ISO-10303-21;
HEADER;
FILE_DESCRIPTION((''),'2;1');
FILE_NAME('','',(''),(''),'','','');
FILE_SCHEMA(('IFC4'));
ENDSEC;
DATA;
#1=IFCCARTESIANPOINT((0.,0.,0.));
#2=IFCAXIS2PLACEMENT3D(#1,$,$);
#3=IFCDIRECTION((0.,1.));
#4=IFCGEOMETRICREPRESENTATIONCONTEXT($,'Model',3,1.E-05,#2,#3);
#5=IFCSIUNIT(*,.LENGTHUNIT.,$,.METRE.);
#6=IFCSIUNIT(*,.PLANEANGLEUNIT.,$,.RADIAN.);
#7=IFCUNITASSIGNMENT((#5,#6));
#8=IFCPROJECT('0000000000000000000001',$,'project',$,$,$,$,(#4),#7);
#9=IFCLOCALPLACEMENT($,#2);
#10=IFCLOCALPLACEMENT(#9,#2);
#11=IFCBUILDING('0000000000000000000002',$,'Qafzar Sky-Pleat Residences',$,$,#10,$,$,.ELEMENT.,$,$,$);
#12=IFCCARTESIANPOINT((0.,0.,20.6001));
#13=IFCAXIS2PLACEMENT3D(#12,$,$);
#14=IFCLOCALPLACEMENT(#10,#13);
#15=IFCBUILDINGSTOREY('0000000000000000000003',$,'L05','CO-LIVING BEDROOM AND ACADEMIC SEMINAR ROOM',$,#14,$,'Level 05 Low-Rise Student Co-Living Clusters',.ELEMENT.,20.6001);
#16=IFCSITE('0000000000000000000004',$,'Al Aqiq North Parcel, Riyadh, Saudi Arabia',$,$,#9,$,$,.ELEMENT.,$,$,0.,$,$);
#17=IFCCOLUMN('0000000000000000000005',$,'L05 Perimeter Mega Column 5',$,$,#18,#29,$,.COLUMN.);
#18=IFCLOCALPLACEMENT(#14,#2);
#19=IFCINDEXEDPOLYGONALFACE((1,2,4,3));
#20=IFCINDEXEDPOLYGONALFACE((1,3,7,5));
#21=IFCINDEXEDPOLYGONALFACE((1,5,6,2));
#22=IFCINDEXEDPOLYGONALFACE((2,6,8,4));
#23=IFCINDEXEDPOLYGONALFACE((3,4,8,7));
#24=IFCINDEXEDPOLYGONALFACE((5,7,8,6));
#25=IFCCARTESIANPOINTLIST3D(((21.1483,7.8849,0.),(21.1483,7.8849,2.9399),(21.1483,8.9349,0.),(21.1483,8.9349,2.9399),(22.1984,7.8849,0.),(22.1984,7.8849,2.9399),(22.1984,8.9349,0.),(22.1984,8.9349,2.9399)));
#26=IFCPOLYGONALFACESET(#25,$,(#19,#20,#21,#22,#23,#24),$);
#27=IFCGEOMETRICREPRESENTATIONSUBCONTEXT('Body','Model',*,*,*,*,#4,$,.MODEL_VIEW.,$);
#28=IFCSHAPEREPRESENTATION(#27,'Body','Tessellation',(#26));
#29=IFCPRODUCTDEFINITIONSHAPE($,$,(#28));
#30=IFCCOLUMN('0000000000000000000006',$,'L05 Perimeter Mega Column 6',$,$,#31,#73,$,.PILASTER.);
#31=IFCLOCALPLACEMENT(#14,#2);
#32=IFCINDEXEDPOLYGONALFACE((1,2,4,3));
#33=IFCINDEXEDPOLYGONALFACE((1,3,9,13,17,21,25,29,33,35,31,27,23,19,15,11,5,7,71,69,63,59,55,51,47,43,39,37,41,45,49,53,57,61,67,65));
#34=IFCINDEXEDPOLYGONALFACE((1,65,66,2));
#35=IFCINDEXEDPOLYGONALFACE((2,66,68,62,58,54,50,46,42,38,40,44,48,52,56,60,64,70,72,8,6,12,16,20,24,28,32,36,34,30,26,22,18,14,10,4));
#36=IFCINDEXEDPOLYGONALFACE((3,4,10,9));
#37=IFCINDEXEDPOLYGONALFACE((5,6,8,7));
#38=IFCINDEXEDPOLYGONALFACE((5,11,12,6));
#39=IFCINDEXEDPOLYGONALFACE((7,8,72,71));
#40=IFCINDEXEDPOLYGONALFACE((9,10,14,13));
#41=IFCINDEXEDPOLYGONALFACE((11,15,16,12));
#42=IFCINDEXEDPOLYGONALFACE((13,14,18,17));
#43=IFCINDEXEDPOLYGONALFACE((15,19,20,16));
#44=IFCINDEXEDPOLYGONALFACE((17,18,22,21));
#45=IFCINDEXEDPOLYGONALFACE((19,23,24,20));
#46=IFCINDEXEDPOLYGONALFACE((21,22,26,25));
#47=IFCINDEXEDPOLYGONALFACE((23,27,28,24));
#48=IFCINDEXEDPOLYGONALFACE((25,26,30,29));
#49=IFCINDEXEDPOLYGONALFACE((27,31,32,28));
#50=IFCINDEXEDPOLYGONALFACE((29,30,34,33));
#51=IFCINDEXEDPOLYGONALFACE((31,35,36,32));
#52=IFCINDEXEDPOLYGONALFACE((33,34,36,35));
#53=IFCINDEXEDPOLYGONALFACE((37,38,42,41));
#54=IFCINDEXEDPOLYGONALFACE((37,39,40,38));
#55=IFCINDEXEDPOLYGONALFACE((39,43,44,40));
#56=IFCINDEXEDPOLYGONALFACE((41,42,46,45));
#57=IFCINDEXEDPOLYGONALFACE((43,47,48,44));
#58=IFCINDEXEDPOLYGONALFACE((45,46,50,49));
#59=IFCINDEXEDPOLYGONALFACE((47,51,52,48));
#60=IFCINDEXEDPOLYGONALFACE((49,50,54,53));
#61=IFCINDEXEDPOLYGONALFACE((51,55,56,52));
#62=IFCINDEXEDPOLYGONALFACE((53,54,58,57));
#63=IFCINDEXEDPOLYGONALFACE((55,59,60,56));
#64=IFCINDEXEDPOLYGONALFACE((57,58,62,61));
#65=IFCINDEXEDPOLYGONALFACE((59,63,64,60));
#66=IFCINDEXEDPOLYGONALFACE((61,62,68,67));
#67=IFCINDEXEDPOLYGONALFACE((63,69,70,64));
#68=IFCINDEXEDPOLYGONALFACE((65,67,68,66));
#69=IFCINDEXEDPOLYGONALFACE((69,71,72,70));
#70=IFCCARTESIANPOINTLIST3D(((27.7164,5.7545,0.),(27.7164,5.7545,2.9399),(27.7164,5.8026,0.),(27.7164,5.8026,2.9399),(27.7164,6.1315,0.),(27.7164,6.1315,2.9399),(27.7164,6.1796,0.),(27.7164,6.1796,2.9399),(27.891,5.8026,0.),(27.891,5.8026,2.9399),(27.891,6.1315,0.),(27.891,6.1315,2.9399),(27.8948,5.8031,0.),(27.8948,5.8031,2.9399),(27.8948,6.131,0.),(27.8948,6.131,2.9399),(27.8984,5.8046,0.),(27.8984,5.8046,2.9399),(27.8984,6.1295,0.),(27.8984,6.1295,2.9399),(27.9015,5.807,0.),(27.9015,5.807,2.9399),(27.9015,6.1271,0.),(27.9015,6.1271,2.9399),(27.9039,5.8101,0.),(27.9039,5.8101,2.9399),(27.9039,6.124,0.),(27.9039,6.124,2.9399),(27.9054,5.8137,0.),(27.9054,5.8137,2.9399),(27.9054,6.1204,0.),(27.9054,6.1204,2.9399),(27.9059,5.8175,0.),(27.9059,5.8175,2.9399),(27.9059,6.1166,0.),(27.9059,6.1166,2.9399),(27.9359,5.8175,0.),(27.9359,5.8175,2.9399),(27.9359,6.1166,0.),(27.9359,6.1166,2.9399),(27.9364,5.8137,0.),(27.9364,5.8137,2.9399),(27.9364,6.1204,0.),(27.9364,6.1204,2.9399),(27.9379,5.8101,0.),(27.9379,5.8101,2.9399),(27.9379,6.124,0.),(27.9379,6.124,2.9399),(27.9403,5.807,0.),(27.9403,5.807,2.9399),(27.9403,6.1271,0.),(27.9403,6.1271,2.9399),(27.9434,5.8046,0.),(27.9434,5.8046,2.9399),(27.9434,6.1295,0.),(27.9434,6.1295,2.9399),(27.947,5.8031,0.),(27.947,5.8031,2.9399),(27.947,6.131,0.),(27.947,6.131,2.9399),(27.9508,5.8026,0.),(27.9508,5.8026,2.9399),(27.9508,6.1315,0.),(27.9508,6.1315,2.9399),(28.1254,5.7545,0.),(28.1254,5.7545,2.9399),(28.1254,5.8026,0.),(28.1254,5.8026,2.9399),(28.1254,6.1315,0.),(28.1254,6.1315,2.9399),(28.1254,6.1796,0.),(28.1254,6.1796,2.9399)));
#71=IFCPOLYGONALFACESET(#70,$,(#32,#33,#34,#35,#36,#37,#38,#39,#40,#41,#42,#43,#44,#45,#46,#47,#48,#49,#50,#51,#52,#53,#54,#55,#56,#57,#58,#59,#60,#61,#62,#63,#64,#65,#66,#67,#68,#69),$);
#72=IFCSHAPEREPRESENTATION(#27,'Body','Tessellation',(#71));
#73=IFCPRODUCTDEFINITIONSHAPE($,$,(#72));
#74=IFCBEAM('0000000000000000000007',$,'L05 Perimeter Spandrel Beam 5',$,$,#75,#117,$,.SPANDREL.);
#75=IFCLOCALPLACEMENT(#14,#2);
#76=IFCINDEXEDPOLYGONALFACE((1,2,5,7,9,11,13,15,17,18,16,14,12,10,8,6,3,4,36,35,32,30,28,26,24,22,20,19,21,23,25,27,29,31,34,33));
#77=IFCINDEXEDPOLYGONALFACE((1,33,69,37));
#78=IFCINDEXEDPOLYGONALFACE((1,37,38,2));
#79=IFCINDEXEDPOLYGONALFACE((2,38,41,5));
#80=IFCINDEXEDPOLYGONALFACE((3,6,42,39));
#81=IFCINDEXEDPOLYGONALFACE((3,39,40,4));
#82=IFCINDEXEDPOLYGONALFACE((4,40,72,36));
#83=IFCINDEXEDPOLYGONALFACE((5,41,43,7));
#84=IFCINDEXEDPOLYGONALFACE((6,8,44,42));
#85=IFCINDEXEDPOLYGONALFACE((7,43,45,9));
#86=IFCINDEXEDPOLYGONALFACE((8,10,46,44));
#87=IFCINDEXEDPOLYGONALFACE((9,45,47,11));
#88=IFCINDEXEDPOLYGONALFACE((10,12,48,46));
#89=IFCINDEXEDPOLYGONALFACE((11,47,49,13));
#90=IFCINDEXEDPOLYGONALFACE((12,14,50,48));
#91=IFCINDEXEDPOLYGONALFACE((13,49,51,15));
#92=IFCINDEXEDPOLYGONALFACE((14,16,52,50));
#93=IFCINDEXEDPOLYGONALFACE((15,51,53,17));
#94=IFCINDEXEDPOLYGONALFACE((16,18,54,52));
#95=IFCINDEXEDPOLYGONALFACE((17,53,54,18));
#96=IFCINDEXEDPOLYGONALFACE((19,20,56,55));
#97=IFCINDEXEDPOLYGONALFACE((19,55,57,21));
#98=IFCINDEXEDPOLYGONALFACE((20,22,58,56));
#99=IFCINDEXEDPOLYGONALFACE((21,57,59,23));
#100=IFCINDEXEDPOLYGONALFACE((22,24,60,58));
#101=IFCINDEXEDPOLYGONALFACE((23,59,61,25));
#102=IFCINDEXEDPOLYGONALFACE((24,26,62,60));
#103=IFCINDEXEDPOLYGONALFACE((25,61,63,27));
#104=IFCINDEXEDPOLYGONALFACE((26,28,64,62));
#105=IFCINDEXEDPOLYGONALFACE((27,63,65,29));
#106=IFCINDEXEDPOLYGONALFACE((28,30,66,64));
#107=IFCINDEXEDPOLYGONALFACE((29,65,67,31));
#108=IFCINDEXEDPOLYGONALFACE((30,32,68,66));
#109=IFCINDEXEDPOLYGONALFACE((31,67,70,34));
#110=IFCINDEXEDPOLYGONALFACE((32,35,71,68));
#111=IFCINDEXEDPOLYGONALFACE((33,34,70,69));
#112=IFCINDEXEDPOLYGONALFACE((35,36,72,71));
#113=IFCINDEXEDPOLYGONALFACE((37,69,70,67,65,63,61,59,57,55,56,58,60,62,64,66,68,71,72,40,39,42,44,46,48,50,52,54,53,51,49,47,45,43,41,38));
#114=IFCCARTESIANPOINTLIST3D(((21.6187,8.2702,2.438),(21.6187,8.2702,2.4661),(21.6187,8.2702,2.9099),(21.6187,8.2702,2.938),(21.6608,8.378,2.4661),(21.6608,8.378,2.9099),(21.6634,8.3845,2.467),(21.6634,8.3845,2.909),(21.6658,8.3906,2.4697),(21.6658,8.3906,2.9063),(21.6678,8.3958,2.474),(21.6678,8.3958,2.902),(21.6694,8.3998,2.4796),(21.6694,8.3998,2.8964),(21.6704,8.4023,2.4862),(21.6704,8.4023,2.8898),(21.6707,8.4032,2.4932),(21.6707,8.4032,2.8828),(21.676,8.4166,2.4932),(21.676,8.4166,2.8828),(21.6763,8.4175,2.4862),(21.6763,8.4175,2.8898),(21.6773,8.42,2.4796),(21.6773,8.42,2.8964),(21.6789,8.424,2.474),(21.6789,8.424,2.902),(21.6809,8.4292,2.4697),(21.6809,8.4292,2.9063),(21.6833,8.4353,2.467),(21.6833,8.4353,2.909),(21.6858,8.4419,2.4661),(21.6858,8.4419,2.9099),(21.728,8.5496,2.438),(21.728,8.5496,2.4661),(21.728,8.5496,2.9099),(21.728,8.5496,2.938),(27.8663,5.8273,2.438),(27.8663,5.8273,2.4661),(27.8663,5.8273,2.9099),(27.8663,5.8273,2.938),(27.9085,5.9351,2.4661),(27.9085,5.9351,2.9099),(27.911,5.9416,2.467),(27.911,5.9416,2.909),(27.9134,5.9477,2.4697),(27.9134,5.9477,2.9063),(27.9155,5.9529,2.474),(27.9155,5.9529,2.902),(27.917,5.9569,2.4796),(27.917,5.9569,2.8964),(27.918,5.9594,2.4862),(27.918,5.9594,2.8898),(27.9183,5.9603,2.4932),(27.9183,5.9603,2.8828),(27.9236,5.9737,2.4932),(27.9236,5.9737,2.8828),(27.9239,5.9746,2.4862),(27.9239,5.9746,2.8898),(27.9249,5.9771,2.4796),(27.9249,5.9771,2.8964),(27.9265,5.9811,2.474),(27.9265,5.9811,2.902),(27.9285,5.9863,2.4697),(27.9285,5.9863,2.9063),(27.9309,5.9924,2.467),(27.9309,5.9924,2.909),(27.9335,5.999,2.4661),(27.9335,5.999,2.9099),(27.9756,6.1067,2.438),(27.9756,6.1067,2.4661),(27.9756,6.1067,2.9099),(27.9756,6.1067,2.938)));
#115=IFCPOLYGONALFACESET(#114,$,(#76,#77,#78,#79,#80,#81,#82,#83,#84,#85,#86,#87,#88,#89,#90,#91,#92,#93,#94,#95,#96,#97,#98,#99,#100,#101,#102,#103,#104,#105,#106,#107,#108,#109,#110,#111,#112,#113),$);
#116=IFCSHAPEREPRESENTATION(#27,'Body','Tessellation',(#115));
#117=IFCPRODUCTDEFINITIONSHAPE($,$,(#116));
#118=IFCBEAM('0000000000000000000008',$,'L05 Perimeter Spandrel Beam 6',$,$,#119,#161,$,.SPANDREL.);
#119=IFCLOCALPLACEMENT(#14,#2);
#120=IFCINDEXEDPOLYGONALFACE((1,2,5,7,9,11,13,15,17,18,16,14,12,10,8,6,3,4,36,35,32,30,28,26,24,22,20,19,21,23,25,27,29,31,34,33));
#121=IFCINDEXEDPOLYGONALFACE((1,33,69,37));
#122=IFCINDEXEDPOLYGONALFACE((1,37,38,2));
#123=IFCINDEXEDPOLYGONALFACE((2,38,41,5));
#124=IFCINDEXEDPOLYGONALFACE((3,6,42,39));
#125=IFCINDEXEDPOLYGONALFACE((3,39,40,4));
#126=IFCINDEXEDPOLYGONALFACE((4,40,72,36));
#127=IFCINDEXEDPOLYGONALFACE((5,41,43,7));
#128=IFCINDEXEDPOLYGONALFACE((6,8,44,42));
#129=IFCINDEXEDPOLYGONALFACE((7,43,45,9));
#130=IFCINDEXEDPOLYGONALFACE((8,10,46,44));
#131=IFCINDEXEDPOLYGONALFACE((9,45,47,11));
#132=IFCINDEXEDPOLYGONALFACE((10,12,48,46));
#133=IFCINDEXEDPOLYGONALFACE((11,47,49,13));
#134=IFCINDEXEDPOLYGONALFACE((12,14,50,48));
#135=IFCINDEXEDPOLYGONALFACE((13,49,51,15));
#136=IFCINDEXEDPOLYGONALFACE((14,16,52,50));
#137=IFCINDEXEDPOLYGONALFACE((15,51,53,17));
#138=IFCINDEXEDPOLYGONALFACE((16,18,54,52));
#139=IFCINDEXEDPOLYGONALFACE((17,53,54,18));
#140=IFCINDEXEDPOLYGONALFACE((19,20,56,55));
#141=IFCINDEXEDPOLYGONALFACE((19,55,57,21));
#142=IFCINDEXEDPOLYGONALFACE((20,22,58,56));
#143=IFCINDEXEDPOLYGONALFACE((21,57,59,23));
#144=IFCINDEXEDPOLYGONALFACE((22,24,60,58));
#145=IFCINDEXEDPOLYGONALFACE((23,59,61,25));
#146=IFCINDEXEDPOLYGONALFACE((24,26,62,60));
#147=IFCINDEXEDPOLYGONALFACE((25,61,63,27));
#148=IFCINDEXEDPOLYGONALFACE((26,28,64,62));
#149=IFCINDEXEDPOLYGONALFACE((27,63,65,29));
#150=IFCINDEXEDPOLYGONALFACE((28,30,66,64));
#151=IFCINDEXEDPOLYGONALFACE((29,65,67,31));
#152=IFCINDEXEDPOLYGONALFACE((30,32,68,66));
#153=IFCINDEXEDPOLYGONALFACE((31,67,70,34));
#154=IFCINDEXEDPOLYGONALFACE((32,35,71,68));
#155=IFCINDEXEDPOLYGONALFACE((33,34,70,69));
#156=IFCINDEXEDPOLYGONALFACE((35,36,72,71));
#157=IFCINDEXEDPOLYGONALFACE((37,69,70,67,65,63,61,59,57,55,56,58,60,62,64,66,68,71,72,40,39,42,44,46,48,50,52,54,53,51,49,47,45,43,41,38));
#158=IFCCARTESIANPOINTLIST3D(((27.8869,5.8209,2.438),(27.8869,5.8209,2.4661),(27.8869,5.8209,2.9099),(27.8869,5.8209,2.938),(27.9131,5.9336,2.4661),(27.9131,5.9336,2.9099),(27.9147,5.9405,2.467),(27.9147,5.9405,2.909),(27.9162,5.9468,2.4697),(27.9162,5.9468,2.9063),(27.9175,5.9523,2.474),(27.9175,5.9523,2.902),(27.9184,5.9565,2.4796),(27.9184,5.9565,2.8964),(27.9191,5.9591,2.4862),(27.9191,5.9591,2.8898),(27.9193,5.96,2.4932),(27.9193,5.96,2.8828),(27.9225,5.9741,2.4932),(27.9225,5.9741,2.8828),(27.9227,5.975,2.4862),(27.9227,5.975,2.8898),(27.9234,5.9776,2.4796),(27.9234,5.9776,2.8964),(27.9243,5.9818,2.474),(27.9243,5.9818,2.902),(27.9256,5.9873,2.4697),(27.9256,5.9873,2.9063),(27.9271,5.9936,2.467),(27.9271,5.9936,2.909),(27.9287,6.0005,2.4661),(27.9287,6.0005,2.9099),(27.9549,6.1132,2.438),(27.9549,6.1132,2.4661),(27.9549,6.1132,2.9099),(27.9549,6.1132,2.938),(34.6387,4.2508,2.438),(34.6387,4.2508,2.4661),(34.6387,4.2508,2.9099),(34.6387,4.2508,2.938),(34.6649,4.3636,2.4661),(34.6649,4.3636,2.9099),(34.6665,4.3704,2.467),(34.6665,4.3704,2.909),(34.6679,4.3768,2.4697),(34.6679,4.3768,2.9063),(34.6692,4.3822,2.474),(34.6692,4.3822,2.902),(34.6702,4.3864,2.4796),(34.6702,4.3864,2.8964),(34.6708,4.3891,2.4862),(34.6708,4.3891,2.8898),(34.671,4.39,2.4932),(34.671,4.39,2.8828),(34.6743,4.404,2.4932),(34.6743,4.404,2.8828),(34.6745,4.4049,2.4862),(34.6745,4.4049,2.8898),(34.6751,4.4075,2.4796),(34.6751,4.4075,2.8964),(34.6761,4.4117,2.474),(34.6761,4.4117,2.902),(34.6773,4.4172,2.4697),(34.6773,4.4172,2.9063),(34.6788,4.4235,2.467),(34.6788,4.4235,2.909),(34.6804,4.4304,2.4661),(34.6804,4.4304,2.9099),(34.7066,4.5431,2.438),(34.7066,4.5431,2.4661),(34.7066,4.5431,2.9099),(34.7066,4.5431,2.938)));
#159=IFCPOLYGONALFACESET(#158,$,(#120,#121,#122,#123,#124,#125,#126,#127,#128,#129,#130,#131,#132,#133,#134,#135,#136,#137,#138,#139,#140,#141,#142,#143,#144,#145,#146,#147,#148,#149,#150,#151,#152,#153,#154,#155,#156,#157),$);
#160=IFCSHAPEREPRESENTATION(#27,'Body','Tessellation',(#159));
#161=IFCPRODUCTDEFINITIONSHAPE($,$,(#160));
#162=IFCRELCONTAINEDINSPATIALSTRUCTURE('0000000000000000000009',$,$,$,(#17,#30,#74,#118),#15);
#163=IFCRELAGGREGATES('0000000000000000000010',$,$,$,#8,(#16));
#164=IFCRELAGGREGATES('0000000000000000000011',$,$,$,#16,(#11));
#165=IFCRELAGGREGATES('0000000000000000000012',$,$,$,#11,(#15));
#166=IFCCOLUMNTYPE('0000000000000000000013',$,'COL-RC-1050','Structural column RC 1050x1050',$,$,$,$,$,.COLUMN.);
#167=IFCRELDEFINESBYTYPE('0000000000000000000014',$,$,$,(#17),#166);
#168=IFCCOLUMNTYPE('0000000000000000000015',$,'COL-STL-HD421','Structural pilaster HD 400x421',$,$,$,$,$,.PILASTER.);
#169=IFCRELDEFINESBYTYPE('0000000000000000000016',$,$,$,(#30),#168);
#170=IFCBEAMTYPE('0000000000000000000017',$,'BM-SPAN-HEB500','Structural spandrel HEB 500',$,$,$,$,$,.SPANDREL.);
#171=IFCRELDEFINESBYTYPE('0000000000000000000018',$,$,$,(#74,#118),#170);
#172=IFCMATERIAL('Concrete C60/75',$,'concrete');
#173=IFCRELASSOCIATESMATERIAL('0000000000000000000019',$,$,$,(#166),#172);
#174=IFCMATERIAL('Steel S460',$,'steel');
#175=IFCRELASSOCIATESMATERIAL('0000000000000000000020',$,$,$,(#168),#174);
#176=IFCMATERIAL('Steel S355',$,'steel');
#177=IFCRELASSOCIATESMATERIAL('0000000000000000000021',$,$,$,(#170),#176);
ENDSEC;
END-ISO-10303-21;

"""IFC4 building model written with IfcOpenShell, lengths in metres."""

from ifc_helpers import new_model, si_unit, direction, frame, origin, origin_2d, place, context, subcontext, project, spatial, rectangle, i_section, extrude, source, transform, mapped, material, material_profile, profile_set, type_object, element, save


model = new_model("IFC4")

# Units and contexts
model_context = context("Model", 3, precision=1e-05, world=origin(), true_north=direction((0.0, 1.0)))
body_context = subcontext(model_context, "Body", "Model", "MODEL_VIEW")
ifc_project = project(units=[si_unit("LENGTHUNIT", "METRE"), si_unit("PLANEANGLEUNIT", "RADIAN")], contexts=[model_context])

# Site, building, storey
site_placement = place(None, origin())
site = spatial("IfcSite", under=ifc_project, at=site_placement, Name="Al Aqiq North Parcel, Riyadh, Saudi Arabia", CompositionType="ELEMENT", RefElevation=0.0)
building_placement = place(site_placement, origin())
building = spatial("IfcBuilding", under=site, at=building_placement, Name="Qafzar Sky-Pleat Residences", CompositionType="ELEMENT")
storey_placement = place(building_placement, frame((0.0, 0.0, 20.6001)))
storey = spatial("IfcBuildingStorey", under=building, at=storey_placement, Name="L05", Description="CO-LIVING BEDROOM AND ACADEMIC SEMINAR ROOM", LongName="Level 05 Low-Rise Student Co-Living Clusters", CompositionType="ELEMENT", Elevation=20.6001)

# Columns
ifc_material_1 = material(Name="Concrete C60/75", Category="concrete")
ifc_material_profile_1 = material_profile(ifc_material_1, rectangle(XDim=1.05, YDim=1.05, at=origin_2d()), Name="RC 1050x1050")
ifc_profile_set_1 = profile_set([ifc_material_profile_1], Name="Concrete C60/75")
column_type_1 = type_object("IfcColumnType", Name="COL-RC-1050", Description="Structural column RC 1050x1050", PredefinedType="COLUMN", material=ifc_profile_set_1)
shared_shape_1 = source(origin(), body_context, "Body", "SweptSolid", [
    extrude(rectangle(XDim=1.05, YDim=1.05, at=origin_2d()), origin(), (0.0, 0.0, 1.0), 2.9399),
])
column_1_placement = place(storey_placement, frame((21.6733, 8.4099, 0.0), z_axis=(0.0, 0.0, 1.0), x_axis=(1.0, 0.0, 0.0)))
element("IfcColumn", 1, at=column_1_placement, inside=storey, type_object=column_type_1, Name="L05 Perimeter Mega Column 5", PredefinedType="COLUMN", context=body_context, shape_type="MappedRepresentation", body=[
    mapped(shared_shape_1, transform((0.0, 0.0, 0.0), x_axis=(1.0, 0.0, 0.0), y_axis=(0.0, 1.0, 0.0), z_axis=(0.0, 0.0, 1.0), scale=1.0)),
])
ifc_material_2 = material(Name="Steel S460", Category="steel")
ifc_material_profile_2 = material_profile(ifc_material_2, i_section(OverallWidth=0.4089, OverallDepth=0.425, WebThickness=0.03, FlangeThickness=0.0481, FilletRadius=0.0149, at=origin_2d()), Name="HD 400x421")
ifc_profile_set_2 = profile_set([ifc_material_profile_2], Name="Steel S460")
column_type_2 = type_object("IfcColumnType", Name="COL-STL-HD421", Description="Structural pilaster HD 400x421", PredefinedType="PILASTER", material=ifc_profile_set_2)
shared_shape_2 = source(origin(), body_context, "Body", "SweptSolid", [
    extrude(i_section(OverallWidth=0.4089, OverallDepth=0.425, WebThickness=0.03, FlangeThickness=0.0481, FilletRadius=0.0149, at=origin_2d()), origin(), (0.0, 0.0, 1.0), 2.9399),
])
column_2_placement = place(storey_placement, frame((27.9209, 5.967, 0.0), z_axis=(0.0, 0.0, 1.0), x_axis=(1.0, 0.0, 0.0)))
element("IfcColumn", 2, at=column_2_placement, inside=storey, type_object=column_type_2, Name="L05 Perimeter Mega Column 6", PredefinedType="PILASTER", context=body_context, shape_type="MappedRepresentation", body=[
    mapped(shared_shape_2, transform((0.0, 0.0, 0.0), x_axis=(1.0, 0.0, 0.0), y_axis=(0.0, 1.0, 0.0), z_axis=(0.0, 0.0, 1.0), scale=1.0)),
])

# Beams
ifc_material_3 = material(Name="Steel S355", Category="steel")
ifc_material_profile_3 = material_profile(ifc_material_3, i_section(OverallWidth=0.3, OverallDepth=0.5, WebThickness=0.0144, FlangeThickness=0.0281, FilletRadius=0.0271, at=origin_2d()), Name="HEB 500")
ifc_profile_set_3 = profile_set([ifc_material_profile_3], Name="Steel S355")
beam_type_1 = type_object("IfcBeamType", Name="BM-SPAN-HEB500", Description="Structural spandrel HEB 500", PredefinedType="SPANDREL", material=ifc_profile_set_3)
shared_shape_3 = source(origin(), body_context, "Body", "SweptSolid", [
    extrude(i_section(OverallWidth=0.3, OverallDepth=0.5, WebThickness=0.0144, FlangeThickness=0.0281, FilletRadius=0.0271, at=origin_2d()), origin(), (0.0, 0.0, 1.0), 6.7083),
])
beam_1_placement = place(storey_placement, frame((21.6733, 8.4099, 2.688), z_axis=(0.931335, -0.364163, 0.0), x_axis=(0.364163, 0.931335, 0.0)))
element("IfcBeam", 3, at=beam_1_placement, inside=storey, type_object=beam_type_1, Name="L05 Perimeter Spandrel Beam 5", PredefinedType="SPANDREL", context=body_context, shape_type="MappedRepresentation", body=[
    mapped(shared_shape_3, transform((0.0, 0.0, 0.0), x_axis=(1.0, 0.0, 0.0), y_axis=(0.0, 1.0, 0.0), z_axis=(0.0, 0.0, 1.0), scale=1.0)),
])
shared_shape_4 = source(origin(), body_context, "Body", "SweptSolid", [
    extrude(i_section(OverallWidth=0.3, OverallDepth=0.5, WebThickness=0.0144, FlangeThickness=0.0281, FilletRadius=0.0271, at=origin_2d()), origin(), (0.0, 0.0, 1.0), 6.9319),
])
beam_2_placement = place(storey_placement, frame((27.9209, 5.967, 2.688), z_axis=(0.974011, -0.2265, 0.0), x_axis=(0.2265, 0.974011, 0.0)))
element("IfcBeam", 4, at=beam_2_placement, inside=storey, type_object=beam_type_1, Name="L05 Perimeter Spandrel Beam 6", PredefinedType="SPANDREL", context=body_context, shape_type="MappedRepresentation", body=[
    mapped(shared_shape_4, transform((0.0, 0.0, 0.0), x_axis=(1.0, 0.0, 0.0), y_axis=(0.0, 1.0, 0.0), z_axis=(0.0, 0.0, 1.0), scale=1.0)),
])

save(model, "model.ifc")
